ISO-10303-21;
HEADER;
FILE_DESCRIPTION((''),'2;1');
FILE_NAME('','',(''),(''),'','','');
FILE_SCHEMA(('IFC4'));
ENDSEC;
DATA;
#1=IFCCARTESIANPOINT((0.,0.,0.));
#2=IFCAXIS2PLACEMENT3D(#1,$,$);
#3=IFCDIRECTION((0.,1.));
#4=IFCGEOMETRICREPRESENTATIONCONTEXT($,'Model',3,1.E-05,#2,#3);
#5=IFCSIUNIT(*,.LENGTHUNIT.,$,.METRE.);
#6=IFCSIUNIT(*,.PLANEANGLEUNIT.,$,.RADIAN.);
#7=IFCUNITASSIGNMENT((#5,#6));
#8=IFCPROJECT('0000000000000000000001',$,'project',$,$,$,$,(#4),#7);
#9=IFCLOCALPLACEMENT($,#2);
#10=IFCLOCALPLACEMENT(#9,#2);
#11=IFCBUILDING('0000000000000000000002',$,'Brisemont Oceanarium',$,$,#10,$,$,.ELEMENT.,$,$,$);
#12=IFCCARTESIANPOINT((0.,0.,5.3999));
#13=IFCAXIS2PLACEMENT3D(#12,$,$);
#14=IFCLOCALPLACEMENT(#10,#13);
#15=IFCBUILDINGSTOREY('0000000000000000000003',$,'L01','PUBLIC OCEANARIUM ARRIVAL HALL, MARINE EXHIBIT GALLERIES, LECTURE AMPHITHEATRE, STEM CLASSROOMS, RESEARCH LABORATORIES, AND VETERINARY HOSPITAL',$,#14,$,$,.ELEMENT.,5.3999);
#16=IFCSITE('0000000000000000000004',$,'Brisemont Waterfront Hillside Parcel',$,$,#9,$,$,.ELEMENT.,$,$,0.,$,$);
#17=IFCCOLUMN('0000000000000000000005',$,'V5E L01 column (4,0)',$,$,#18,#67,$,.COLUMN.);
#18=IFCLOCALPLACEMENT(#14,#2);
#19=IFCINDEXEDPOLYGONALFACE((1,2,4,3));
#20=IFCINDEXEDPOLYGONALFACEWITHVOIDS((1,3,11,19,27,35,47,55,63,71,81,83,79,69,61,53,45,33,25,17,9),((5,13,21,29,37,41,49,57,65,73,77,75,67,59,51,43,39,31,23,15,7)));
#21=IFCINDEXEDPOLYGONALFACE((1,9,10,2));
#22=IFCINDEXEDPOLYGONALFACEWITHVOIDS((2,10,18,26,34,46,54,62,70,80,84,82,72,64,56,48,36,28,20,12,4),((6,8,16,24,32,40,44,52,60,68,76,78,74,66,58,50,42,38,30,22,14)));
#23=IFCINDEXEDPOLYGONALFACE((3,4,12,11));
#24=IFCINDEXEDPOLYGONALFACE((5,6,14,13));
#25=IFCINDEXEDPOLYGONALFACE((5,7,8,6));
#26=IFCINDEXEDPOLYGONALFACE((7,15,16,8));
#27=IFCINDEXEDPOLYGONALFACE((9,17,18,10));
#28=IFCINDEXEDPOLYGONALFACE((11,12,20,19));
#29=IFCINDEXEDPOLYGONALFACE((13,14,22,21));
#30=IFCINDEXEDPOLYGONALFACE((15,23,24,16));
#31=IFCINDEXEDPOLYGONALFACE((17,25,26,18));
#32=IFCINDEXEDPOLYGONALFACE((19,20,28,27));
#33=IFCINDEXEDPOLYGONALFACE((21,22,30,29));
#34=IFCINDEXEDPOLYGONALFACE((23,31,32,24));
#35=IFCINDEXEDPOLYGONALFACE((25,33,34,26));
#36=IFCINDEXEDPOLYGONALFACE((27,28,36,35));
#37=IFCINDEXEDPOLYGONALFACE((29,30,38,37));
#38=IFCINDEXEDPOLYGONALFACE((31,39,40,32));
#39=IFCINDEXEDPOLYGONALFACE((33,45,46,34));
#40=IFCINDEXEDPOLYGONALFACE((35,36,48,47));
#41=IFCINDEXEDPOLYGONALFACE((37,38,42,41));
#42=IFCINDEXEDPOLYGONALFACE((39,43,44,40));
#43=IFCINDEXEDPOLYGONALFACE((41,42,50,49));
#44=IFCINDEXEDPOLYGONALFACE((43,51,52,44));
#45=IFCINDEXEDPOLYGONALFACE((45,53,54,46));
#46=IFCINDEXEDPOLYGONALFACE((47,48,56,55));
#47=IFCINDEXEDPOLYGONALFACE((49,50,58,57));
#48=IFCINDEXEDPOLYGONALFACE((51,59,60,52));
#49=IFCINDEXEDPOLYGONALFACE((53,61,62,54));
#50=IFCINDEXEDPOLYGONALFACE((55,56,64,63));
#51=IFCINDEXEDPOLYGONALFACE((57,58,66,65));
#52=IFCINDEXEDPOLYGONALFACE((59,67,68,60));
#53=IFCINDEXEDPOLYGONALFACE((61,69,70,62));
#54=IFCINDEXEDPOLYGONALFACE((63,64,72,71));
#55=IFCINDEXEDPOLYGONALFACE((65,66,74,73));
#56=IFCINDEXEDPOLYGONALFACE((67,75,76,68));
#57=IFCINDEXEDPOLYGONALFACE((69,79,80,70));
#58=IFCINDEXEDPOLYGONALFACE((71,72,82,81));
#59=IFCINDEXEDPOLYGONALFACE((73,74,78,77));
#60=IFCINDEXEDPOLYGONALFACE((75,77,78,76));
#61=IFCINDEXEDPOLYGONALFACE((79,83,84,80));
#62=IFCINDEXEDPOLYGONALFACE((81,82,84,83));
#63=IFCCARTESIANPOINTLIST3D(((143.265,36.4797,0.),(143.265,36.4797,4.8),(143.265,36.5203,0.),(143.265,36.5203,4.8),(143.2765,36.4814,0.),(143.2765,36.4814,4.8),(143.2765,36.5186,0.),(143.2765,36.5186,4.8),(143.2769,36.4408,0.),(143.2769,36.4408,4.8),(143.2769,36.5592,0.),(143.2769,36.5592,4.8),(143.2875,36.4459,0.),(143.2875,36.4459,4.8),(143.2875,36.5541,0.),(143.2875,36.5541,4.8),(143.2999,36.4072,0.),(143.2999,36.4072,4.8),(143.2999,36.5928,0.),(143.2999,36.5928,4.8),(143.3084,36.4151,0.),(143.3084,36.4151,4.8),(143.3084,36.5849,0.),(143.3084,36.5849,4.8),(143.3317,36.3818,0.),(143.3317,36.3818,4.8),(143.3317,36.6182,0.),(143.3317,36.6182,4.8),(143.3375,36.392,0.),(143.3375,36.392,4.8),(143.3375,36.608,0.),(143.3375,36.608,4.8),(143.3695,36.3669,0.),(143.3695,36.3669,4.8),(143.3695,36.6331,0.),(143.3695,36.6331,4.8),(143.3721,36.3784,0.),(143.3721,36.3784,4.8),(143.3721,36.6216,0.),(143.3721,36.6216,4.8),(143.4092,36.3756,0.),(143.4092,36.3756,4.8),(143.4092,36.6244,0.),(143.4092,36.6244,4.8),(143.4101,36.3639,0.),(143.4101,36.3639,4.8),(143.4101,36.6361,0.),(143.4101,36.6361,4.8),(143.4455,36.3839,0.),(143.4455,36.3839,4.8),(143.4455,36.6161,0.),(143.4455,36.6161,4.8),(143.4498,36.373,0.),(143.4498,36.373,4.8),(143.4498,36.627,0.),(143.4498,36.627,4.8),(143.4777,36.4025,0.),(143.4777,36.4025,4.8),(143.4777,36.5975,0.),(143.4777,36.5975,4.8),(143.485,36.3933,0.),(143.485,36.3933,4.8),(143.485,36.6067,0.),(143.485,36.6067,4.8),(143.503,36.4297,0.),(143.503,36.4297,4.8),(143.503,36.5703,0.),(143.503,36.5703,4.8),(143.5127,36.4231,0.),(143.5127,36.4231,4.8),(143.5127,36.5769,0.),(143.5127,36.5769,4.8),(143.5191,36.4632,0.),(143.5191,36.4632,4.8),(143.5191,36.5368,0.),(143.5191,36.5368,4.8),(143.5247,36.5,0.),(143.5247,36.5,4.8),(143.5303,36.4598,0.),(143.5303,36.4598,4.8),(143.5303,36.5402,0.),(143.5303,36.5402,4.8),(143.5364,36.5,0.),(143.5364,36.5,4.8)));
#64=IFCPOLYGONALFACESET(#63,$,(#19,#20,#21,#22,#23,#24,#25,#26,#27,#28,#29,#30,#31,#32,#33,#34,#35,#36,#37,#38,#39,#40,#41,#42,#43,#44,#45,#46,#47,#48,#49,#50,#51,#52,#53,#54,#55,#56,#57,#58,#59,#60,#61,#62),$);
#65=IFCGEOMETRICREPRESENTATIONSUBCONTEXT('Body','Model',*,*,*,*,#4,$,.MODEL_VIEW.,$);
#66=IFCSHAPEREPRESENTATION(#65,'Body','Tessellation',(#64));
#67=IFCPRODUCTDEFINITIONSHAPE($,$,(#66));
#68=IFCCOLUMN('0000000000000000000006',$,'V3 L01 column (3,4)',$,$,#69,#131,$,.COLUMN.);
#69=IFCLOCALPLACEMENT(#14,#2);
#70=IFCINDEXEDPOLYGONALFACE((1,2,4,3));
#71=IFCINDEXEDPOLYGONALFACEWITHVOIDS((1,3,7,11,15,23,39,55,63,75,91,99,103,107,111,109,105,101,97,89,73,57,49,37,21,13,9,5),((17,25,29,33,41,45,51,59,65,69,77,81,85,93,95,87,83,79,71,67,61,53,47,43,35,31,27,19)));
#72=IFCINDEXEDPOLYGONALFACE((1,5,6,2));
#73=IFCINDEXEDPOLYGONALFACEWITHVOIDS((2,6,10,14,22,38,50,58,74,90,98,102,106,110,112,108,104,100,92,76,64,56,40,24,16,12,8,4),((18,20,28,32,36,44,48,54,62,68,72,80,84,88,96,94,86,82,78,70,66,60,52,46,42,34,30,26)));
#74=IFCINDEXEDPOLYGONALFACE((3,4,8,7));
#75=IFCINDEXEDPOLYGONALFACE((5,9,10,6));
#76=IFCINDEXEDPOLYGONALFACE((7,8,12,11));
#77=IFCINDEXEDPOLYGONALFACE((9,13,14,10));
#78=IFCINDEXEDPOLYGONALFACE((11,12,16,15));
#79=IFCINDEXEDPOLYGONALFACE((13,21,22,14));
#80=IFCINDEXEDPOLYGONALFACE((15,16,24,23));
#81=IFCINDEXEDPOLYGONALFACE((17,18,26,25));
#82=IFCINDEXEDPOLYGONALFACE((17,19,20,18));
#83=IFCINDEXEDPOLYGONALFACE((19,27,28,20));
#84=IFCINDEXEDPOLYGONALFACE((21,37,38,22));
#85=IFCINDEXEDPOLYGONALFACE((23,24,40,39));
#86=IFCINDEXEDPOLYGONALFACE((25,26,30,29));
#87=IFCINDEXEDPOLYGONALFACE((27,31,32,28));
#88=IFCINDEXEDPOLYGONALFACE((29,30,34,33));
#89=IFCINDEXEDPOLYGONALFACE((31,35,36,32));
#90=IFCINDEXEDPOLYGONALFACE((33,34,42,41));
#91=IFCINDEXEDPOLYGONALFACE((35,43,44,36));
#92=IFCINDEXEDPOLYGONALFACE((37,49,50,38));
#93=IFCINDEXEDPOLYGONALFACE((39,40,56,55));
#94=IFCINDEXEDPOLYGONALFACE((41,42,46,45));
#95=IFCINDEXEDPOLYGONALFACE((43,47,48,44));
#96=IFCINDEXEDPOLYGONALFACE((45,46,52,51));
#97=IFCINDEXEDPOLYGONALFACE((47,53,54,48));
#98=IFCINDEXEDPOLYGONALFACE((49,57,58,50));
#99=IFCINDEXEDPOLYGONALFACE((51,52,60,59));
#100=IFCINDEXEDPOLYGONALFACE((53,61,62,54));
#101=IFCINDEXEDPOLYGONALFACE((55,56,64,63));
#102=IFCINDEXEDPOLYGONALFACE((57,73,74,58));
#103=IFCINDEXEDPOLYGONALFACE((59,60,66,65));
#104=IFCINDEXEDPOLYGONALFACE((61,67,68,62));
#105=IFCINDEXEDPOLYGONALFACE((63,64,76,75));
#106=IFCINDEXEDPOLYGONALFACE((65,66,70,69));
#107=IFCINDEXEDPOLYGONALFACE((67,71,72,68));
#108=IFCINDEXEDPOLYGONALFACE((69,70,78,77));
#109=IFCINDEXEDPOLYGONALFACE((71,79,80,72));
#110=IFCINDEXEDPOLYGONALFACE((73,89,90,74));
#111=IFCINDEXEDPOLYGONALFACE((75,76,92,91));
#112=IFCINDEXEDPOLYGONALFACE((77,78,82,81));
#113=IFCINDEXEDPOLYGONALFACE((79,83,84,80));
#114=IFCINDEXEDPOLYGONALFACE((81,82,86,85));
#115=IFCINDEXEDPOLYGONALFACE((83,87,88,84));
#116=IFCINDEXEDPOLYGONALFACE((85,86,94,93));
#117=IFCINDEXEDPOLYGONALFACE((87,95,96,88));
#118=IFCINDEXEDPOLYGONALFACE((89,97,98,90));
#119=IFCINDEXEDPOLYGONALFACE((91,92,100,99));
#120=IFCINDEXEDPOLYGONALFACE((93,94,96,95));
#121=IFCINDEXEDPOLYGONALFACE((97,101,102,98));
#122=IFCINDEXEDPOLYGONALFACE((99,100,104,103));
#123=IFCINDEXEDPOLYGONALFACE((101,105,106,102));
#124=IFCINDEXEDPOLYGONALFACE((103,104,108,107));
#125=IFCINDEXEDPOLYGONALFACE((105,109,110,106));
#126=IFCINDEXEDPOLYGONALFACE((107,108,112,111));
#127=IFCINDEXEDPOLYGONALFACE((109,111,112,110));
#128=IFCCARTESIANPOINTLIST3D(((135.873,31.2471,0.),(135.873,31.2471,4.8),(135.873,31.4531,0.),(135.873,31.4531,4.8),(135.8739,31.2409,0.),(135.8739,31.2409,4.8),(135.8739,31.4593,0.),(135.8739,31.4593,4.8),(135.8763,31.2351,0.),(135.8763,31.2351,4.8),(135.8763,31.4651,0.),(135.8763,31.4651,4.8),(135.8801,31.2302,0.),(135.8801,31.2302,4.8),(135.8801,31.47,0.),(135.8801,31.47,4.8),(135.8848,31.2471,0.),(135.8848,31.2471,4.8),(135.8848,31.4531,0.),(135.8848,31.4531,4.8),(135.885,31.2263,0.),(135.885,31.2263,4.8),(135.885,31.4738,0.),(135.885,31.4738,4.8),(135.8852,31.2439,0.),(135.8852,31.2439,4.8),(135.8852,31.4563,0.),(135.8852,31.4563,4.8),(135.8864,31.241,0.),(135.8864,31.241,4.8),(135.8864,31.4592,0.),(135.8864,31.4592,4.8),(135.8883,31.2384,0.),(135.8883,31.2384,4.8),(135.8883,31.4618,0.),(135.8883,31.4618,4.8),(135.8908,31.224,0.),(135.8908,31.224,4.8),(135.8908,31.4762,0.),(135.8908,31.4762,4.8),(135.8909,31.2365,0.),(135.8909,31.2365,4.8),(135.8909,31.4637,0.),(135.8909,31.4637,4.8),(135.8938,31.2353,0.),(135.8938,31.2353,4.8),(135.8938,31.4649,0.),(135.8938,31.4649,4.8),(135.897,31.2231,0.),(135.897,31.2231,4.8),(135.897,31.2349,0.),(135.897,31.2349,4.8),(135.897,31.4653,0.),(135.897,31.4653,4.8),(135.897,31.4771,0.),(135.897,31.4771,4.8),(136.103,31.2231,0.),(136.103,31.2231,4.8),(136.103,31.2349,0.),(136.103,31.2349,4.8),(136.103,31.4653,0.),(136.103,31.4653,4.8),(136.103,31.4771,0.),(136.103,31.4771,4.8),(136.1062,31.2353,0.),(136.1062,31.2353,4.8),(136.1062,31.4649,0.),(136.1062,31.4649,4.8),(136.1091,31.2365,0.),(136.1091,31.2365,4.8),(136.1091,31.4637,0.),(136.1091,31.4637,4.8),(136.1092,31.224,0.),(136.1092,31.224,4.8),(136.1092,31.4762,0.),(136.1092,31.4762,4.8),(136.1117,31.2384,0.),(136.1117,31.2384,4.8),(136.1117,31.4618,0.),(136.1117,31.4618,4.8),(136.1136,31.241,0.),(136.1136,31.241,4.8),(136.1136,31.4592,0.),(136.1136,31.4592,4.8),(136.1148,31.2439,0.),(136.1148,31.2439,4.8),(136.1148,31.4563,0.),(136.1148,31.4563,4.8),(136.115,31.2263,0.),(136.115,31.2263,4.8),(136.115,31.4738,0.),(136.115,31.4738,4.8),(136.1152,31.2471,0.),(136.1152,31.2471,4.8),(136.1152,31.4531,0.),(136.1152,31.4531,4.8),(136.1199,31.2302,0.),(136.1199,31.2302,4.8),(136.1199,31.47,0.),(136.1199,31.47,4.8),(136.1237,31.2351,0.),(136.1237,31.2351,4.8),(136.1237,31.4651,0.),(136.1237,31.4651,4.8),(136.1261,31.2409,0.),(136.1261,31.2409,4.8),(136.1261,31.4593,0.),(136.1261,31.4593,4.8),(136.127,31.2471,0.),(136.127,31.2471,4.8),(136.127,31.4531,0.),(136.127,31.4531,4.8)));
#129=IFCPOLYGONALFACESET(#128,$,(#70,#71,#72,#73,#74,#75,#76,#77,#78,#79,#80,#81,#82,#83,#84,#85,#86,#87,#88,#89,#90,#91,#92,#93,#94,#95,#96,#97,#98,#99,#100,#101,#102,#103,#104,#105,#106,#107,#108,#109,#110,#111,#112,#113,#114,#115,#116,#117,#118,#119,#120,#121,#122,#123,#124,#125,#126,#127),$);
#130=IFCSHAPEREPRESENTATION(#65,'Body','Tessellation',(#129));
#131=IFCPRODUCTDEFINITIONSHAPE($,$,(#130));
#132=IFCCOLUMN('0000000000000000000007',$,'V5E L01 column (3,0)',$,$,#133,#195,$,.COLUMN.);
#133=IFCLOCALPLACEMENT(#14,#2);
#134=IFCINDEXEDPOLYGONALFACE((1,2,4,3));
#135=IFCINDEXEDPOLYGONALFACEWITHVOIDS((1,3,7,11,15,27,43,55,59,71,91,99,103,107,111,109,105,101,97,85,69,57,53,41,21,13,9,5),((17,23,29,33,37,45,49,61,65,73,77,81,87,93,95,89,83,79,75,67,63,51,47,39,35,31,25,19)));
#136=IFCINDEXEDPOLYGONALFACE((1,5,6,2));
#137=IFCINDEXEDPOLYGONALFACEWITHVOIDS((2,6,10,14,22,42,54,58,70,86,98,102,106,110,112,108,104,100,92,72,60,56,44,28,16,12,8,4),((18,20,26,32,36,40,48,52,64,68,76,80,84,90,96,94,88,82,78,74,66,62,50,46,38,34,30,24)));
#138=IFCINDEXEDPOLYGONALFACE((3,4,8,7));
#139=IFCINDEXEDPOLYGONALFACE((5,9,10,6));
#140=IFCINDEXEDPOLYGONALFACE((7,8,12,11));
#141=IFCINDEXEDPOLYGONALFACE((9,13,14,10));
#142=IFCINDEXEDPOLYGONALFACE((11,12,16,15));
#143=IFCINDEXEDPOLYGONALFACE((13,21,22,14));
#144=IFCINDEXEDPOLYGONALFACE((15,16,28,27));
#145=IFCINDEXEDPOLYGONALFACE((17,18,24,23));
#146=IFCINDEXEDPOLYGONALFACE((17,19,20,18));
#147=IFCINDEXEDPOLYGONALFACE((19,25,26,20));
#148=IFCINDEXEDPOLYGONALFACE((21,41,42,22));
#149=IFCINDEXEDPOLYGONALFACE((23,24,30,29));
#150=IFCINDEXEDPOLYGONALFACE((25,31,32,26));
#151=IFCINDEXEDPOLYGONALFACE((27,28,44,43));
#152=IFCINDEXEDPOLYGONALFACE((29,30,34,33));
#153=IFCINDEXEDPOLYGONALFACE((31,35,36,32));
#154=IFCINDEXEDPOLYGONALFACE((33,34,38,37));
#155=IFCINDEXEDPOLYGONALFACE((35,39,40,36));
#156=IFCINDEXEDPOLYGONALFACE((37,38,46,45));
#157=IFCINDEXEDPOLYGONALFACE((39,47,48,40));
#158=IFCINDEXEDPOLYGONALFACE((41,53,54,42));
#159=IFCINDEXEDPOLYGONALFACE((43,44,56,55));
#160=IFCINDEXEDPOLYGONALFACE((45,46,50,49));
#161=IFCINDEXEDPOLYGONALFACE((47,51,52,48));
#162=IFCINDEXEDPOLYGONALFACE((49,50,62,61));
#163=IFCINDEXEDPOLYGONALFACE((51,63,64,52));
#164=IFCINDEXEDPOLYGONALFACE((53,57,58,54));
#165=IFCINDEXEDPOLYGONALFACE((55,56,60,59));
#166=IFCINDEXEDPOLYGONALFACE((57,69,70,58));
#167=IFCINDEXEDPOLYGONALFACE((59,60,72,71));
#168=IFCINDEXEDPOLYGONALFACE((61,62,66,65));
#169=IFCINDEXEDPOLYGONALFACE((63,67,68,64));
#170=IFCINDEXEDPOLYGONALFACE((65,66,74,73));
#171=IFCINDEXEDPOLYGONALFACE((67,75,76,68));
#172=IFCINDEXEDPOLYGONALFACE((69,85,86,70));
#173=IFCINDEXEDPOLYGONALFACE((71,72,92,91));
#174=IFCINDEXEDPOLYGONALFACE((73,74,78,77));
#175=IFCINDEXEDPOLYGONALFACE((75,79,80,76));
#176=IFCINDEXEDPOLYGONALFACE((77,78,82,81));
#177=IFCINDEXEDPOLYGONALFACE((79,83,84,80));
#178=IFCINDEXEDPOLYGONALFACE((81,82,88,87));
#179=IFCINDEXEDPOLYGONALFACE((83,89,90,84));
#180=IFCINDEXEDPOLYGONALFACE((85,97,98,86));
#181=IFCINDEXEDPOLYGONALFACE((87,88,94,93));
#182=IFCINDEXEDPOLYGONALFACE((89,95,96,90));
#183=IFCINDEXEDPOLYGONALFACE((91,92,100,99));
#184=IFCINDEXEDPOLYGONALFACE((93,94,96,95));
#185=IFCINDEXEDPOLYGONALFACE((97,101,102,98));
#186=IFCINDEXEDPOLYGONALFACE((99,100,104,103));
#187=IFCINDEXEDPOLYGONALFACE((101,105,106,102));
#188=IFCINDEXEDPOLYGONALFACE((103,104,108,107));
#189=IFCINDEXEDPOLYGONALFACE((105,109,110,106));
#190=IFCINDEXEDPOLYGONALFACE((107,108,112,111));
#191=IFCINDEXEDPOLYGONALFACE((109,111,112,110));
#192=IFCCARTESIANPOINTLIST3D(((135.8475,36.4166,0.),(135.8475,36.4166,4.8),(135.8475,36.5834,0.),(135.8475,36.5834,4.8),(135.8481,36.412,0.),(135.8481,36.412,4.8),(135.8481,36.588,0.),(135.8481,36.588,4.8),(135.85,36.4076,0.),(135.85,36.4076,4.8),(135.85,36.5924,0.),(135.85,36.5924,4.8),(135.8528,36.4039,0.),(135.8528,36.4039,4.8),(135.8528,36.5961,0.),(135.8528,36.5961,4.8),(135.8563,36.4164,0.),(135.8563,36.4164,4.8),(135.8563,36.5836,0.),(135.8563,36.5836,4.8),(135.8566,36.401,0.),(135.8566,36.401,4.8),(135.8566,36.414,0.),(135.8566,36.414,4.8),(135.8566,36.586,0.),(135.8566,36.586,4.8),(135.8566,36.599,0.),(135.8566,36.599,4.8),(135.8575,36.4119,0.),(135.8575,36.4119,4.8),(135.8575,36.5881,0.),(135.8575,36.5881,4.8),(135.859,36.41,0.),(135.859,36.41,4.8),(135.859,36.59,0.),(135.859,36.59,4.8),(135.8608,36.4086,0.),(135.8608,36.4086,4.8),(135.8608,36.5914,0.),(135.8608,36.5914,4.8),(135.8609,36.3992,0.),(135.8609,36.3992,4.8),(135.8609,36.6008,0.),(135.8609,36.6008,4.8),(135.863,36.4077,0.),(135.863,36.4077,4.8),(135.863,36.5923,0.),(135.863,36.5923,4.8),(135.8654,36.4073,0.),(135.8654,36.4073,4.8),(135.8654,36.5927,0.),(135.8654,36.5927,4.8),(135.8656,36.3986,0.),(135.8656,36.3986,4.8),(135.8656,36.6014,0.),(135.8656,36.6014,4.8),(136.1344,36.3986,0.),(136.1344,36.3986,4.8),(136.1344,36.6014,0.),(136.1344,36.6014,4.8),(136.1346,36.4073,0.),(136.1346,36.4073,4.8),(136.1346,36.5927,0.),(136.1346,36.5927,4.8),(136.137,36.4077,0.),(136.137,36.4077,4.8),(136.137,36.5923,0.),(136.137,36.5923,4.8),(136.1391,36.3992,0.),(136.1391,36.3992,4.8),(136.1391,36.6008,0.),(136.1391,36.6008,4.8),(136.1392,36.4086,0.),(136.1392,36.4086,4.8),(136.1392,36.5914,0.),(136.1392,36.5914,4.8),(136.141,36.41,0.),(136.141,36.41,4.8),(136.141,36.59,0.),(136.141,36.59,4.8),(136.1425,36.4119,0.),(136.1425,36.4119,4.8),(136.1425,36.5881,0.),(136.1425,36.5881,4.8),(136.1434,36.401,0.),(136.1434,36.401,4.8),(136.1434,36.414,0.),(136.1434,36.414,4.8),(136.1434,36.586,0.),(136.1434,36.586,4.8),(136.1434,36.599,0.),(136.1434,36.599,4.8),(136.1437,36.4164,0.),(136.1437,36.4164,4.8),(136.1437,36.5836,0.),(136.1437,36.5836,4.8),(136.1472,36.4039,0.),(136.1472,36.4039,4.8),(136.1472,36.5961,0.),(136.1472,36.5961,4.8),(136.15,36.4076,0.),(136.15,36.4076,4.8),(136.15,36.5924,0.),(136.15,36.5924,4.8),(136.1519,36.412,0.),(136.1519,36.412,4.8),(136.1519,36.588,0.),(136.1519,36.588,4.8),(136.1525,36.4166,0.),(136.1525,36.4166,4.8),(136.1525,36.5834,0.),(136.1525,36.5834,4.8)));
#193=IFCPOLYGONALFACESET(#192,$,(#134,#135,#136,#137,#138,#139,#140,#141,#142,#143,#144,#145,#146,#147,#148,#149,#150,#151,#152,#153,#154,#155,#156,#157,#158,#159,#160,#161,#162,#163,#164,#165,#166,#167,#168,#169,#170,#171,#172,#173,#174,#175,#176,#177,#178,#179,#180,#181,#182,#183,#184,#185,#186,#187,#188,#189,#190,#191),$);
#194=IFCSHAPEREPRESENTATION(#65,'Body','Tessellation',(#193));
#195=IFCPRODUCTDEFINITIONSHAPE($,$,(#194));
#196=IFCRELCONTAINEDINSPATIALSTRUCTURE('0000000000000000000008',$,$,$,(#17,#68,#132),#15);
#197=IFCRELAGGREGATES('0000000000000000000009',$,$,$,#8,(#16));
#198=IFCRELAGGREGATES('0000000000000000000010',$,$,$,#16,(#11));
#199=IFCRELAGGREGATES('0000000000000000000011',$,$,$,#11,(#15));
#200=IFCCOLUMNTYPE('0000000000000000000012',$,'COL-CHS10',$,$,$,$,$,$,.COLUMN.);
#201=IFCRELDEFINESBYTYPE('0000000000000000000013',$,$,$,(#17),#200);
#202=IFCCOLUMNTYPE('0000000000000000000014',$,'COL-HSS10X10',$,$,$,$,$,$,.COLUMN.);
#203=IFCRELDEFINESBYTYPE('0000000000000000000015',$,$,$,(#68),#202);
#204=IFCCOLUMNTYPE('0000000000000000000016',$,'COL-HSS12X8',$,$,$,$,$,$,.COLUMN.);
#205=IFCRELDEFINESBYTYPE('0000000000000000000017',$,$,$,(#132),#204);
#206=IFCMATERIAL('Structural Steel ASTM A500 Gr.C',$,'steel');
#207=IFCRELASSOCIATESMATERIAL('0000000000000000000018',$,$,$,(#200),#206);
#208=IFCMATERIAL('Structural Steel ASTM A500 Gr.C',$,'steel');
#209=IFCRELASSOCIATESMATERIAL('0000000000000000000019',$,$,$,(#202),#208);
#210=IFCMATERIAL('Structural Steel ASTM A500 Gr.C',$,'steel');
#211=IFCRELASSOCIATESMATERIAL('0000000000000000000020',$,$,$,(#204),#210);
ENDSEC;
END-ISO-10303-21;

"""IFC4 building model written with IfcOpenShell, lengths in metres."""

from ifc_helpers import new_model, si_unit, direction, frame, origin, origin_2d, place, context, subcontext, project, spatial, hollow_rectangle, hollow_circle, extrude, material, material_profile, profile_set, type_object, element, save


model = new_model("IFC4")

# Units and contexts
model_context = context("Model", 3, precision=1e-05, world=origin(), true_north=direction((0.0, 1.0)))
body_context = subcontext(model_context, "Body", "Model", "MODEL_VIEW")
ifc_project = project(units=[si_unit("LENGTHUNIT", "METRE"), si_unit("PLANEANGLEUNIT", "RADIAN")], contexts=[model_context])

# Site, building, storey
site_placement = place(None, origin())
site = spatial("IfcSite", under=ifc_project, at=site_placement, Name="Brisemont Waterfront Hillside Parcel", CompositionType="ELEMENT", RefElevation=0.0)
building_placement = place(site_placement, origin())
building = spatial("IfcBuilding", under=site, at=building_placement, Name="Brisemont Oceanarium", CompositionType="ELEMENT")
storey_placement = place(building_placement, frame((0.0, 0.0, 5.3999)))
storey = spatial("IfcBuildingStorey", under=building, at=storey_placement, Name="L01", Description="PUBLIC OCEANARIUM ARRIVAL HALL, MARINE EXHIBIT GALLERIES, LECTURE AMPHITHEATRE, STEM CLASSROOMS, RESEARCH LABORATORIES, AND VETERINARY HOSPITAL", CompositionType="ELEMENT", Elevation=5.3999)

# Columns
ifc_material_1 = material(Name="Structural Steel ASTM A500 Gr.C", Category="steel")
ifc_material_profile_1 = material_profile(ifc_material_1, hollow_circle(Radius=0.1365, WallThickness=0.0117, at=origin_2d()), Name="HSS10.750X0.500")
ifc_profile_set_1 = profile_set([ifc_material_profile_1], Name="Structural Steel ASTM A500 Gr.C")
column_type_1 = type_object("IfcColumnType", Name="COL-CHS10", PredefinedType="COLUMN", material=ifc_profile_set_1)
column_1_placement = place(storey_placement, frame((143.3999, 36.5, 0.0), z_axis=(0.0, 0.0, 1.0), x_axis=(1.0, 0.0, 0.0)))
element("IfcColumn", 1, at=column_1_placement, inside=storey, type_object=column_type_1, Name="V5E L01 column (4,0)", PredefinedType="COLUMN", context=body_context, shape_type="SweptSolid", body=[
    extrude(hollow_circle(Radius=0.1365, WallThickness=0.0117, at=origin_2d()), origin(), (0.0, 0.0, 1.0), 4.8),
])
ifc_material_2 = material(Name="Structural Steel ASTM A500 Gr.C", Category="steel")
ifc_material_profile_2 = material_profile(ifc_material_2, hollow_rectangle(XDim=0.2539, YDim=0.2539, WallThickness=0.0117, InnerFilletRadius=0.0122, OuterFilletRadius=0.0239, at=origin_2d()), Name="HSS10X10X1/2")
ifc_profile_set_2 = profile_set([ifc_material_profile_2], Name="Structural Steel ASTM A500 Gr.C")
column_type_2 = type_object("IfcColumnType", Name="COL-HSS10X10", PredefinedType="COLUMN", material=ifc_profile_set_2)
column_2_placement = place(storey_placement, frame((136.0, 31.3501, 0.0), z_axis=(0.0, 0.0, 1.0), x_axis=(0.0, 1.0, 0.0)))
element("IfcColumn", 2, at=column_2_placement, inside=storey, type_object=column_type_2, Name="V3 L01 column (3,4)", PredefinedType="COLUMN", context=body_context, shape_type="SweptSolid", body=[
    extrude(hollow_rectangle(XDim=0.2539, YDim=0.2539, WallThickness=0.0117, InnerFilletRadius=0.0122, OuterFilletRadius=0.0239, at=origin_2d()), origin(), (0.0, 0.0, 1.0), 4.8),
])
ifc_material_3 = material(Name="Structural Steel ASTM A500 Gr.C", Category="steel")
ifc_material_profile_3 = material_profile(ifc_material_3, hollow_rectangle(XDim=0.2029, YDim=0.3049, WallThickness=0.0088, InnerFilletRadius=0.009, OuterFilletRadius=0.0181, at=origin_2d()), Name="HSS12X8X3/8")
ifc_profile_set_3 = profile_set([ifc_material_profile_3], Name="Structural Steel ASTM A500 Gr.C")
column_type_3 = type_object("IfcColumnType", Name="COL-HSS12X8", PredefinedType="COLUMN", material=ifc_profile_set_3)
column_3_placement = place(storey_placement, frame((136.0, 36.5, 0.0), z_axis=(0.0, 0.0, 1.0), x_axis=(0.0, 1.0, 0.0)))
element("IfcColumn", 3, at=column_3_placement, inside=storey, type_object=column_type_3, Name="V5E L01 column (3,0)", PredefinedType="COLUMN", context=body_context, shape_type="SweptSolid", body=[
    extrude(hollow_rectangle(XDim=0.2029, YDim=0.3049, WallThickness=0.0088, InnerFilletRadius=0.009, OuterFilletRadius=0.0181, at=origin_2d()), origin(), (0.0, 0.0, 1.0), 4.8),
])

save(model, "model.ifc")
